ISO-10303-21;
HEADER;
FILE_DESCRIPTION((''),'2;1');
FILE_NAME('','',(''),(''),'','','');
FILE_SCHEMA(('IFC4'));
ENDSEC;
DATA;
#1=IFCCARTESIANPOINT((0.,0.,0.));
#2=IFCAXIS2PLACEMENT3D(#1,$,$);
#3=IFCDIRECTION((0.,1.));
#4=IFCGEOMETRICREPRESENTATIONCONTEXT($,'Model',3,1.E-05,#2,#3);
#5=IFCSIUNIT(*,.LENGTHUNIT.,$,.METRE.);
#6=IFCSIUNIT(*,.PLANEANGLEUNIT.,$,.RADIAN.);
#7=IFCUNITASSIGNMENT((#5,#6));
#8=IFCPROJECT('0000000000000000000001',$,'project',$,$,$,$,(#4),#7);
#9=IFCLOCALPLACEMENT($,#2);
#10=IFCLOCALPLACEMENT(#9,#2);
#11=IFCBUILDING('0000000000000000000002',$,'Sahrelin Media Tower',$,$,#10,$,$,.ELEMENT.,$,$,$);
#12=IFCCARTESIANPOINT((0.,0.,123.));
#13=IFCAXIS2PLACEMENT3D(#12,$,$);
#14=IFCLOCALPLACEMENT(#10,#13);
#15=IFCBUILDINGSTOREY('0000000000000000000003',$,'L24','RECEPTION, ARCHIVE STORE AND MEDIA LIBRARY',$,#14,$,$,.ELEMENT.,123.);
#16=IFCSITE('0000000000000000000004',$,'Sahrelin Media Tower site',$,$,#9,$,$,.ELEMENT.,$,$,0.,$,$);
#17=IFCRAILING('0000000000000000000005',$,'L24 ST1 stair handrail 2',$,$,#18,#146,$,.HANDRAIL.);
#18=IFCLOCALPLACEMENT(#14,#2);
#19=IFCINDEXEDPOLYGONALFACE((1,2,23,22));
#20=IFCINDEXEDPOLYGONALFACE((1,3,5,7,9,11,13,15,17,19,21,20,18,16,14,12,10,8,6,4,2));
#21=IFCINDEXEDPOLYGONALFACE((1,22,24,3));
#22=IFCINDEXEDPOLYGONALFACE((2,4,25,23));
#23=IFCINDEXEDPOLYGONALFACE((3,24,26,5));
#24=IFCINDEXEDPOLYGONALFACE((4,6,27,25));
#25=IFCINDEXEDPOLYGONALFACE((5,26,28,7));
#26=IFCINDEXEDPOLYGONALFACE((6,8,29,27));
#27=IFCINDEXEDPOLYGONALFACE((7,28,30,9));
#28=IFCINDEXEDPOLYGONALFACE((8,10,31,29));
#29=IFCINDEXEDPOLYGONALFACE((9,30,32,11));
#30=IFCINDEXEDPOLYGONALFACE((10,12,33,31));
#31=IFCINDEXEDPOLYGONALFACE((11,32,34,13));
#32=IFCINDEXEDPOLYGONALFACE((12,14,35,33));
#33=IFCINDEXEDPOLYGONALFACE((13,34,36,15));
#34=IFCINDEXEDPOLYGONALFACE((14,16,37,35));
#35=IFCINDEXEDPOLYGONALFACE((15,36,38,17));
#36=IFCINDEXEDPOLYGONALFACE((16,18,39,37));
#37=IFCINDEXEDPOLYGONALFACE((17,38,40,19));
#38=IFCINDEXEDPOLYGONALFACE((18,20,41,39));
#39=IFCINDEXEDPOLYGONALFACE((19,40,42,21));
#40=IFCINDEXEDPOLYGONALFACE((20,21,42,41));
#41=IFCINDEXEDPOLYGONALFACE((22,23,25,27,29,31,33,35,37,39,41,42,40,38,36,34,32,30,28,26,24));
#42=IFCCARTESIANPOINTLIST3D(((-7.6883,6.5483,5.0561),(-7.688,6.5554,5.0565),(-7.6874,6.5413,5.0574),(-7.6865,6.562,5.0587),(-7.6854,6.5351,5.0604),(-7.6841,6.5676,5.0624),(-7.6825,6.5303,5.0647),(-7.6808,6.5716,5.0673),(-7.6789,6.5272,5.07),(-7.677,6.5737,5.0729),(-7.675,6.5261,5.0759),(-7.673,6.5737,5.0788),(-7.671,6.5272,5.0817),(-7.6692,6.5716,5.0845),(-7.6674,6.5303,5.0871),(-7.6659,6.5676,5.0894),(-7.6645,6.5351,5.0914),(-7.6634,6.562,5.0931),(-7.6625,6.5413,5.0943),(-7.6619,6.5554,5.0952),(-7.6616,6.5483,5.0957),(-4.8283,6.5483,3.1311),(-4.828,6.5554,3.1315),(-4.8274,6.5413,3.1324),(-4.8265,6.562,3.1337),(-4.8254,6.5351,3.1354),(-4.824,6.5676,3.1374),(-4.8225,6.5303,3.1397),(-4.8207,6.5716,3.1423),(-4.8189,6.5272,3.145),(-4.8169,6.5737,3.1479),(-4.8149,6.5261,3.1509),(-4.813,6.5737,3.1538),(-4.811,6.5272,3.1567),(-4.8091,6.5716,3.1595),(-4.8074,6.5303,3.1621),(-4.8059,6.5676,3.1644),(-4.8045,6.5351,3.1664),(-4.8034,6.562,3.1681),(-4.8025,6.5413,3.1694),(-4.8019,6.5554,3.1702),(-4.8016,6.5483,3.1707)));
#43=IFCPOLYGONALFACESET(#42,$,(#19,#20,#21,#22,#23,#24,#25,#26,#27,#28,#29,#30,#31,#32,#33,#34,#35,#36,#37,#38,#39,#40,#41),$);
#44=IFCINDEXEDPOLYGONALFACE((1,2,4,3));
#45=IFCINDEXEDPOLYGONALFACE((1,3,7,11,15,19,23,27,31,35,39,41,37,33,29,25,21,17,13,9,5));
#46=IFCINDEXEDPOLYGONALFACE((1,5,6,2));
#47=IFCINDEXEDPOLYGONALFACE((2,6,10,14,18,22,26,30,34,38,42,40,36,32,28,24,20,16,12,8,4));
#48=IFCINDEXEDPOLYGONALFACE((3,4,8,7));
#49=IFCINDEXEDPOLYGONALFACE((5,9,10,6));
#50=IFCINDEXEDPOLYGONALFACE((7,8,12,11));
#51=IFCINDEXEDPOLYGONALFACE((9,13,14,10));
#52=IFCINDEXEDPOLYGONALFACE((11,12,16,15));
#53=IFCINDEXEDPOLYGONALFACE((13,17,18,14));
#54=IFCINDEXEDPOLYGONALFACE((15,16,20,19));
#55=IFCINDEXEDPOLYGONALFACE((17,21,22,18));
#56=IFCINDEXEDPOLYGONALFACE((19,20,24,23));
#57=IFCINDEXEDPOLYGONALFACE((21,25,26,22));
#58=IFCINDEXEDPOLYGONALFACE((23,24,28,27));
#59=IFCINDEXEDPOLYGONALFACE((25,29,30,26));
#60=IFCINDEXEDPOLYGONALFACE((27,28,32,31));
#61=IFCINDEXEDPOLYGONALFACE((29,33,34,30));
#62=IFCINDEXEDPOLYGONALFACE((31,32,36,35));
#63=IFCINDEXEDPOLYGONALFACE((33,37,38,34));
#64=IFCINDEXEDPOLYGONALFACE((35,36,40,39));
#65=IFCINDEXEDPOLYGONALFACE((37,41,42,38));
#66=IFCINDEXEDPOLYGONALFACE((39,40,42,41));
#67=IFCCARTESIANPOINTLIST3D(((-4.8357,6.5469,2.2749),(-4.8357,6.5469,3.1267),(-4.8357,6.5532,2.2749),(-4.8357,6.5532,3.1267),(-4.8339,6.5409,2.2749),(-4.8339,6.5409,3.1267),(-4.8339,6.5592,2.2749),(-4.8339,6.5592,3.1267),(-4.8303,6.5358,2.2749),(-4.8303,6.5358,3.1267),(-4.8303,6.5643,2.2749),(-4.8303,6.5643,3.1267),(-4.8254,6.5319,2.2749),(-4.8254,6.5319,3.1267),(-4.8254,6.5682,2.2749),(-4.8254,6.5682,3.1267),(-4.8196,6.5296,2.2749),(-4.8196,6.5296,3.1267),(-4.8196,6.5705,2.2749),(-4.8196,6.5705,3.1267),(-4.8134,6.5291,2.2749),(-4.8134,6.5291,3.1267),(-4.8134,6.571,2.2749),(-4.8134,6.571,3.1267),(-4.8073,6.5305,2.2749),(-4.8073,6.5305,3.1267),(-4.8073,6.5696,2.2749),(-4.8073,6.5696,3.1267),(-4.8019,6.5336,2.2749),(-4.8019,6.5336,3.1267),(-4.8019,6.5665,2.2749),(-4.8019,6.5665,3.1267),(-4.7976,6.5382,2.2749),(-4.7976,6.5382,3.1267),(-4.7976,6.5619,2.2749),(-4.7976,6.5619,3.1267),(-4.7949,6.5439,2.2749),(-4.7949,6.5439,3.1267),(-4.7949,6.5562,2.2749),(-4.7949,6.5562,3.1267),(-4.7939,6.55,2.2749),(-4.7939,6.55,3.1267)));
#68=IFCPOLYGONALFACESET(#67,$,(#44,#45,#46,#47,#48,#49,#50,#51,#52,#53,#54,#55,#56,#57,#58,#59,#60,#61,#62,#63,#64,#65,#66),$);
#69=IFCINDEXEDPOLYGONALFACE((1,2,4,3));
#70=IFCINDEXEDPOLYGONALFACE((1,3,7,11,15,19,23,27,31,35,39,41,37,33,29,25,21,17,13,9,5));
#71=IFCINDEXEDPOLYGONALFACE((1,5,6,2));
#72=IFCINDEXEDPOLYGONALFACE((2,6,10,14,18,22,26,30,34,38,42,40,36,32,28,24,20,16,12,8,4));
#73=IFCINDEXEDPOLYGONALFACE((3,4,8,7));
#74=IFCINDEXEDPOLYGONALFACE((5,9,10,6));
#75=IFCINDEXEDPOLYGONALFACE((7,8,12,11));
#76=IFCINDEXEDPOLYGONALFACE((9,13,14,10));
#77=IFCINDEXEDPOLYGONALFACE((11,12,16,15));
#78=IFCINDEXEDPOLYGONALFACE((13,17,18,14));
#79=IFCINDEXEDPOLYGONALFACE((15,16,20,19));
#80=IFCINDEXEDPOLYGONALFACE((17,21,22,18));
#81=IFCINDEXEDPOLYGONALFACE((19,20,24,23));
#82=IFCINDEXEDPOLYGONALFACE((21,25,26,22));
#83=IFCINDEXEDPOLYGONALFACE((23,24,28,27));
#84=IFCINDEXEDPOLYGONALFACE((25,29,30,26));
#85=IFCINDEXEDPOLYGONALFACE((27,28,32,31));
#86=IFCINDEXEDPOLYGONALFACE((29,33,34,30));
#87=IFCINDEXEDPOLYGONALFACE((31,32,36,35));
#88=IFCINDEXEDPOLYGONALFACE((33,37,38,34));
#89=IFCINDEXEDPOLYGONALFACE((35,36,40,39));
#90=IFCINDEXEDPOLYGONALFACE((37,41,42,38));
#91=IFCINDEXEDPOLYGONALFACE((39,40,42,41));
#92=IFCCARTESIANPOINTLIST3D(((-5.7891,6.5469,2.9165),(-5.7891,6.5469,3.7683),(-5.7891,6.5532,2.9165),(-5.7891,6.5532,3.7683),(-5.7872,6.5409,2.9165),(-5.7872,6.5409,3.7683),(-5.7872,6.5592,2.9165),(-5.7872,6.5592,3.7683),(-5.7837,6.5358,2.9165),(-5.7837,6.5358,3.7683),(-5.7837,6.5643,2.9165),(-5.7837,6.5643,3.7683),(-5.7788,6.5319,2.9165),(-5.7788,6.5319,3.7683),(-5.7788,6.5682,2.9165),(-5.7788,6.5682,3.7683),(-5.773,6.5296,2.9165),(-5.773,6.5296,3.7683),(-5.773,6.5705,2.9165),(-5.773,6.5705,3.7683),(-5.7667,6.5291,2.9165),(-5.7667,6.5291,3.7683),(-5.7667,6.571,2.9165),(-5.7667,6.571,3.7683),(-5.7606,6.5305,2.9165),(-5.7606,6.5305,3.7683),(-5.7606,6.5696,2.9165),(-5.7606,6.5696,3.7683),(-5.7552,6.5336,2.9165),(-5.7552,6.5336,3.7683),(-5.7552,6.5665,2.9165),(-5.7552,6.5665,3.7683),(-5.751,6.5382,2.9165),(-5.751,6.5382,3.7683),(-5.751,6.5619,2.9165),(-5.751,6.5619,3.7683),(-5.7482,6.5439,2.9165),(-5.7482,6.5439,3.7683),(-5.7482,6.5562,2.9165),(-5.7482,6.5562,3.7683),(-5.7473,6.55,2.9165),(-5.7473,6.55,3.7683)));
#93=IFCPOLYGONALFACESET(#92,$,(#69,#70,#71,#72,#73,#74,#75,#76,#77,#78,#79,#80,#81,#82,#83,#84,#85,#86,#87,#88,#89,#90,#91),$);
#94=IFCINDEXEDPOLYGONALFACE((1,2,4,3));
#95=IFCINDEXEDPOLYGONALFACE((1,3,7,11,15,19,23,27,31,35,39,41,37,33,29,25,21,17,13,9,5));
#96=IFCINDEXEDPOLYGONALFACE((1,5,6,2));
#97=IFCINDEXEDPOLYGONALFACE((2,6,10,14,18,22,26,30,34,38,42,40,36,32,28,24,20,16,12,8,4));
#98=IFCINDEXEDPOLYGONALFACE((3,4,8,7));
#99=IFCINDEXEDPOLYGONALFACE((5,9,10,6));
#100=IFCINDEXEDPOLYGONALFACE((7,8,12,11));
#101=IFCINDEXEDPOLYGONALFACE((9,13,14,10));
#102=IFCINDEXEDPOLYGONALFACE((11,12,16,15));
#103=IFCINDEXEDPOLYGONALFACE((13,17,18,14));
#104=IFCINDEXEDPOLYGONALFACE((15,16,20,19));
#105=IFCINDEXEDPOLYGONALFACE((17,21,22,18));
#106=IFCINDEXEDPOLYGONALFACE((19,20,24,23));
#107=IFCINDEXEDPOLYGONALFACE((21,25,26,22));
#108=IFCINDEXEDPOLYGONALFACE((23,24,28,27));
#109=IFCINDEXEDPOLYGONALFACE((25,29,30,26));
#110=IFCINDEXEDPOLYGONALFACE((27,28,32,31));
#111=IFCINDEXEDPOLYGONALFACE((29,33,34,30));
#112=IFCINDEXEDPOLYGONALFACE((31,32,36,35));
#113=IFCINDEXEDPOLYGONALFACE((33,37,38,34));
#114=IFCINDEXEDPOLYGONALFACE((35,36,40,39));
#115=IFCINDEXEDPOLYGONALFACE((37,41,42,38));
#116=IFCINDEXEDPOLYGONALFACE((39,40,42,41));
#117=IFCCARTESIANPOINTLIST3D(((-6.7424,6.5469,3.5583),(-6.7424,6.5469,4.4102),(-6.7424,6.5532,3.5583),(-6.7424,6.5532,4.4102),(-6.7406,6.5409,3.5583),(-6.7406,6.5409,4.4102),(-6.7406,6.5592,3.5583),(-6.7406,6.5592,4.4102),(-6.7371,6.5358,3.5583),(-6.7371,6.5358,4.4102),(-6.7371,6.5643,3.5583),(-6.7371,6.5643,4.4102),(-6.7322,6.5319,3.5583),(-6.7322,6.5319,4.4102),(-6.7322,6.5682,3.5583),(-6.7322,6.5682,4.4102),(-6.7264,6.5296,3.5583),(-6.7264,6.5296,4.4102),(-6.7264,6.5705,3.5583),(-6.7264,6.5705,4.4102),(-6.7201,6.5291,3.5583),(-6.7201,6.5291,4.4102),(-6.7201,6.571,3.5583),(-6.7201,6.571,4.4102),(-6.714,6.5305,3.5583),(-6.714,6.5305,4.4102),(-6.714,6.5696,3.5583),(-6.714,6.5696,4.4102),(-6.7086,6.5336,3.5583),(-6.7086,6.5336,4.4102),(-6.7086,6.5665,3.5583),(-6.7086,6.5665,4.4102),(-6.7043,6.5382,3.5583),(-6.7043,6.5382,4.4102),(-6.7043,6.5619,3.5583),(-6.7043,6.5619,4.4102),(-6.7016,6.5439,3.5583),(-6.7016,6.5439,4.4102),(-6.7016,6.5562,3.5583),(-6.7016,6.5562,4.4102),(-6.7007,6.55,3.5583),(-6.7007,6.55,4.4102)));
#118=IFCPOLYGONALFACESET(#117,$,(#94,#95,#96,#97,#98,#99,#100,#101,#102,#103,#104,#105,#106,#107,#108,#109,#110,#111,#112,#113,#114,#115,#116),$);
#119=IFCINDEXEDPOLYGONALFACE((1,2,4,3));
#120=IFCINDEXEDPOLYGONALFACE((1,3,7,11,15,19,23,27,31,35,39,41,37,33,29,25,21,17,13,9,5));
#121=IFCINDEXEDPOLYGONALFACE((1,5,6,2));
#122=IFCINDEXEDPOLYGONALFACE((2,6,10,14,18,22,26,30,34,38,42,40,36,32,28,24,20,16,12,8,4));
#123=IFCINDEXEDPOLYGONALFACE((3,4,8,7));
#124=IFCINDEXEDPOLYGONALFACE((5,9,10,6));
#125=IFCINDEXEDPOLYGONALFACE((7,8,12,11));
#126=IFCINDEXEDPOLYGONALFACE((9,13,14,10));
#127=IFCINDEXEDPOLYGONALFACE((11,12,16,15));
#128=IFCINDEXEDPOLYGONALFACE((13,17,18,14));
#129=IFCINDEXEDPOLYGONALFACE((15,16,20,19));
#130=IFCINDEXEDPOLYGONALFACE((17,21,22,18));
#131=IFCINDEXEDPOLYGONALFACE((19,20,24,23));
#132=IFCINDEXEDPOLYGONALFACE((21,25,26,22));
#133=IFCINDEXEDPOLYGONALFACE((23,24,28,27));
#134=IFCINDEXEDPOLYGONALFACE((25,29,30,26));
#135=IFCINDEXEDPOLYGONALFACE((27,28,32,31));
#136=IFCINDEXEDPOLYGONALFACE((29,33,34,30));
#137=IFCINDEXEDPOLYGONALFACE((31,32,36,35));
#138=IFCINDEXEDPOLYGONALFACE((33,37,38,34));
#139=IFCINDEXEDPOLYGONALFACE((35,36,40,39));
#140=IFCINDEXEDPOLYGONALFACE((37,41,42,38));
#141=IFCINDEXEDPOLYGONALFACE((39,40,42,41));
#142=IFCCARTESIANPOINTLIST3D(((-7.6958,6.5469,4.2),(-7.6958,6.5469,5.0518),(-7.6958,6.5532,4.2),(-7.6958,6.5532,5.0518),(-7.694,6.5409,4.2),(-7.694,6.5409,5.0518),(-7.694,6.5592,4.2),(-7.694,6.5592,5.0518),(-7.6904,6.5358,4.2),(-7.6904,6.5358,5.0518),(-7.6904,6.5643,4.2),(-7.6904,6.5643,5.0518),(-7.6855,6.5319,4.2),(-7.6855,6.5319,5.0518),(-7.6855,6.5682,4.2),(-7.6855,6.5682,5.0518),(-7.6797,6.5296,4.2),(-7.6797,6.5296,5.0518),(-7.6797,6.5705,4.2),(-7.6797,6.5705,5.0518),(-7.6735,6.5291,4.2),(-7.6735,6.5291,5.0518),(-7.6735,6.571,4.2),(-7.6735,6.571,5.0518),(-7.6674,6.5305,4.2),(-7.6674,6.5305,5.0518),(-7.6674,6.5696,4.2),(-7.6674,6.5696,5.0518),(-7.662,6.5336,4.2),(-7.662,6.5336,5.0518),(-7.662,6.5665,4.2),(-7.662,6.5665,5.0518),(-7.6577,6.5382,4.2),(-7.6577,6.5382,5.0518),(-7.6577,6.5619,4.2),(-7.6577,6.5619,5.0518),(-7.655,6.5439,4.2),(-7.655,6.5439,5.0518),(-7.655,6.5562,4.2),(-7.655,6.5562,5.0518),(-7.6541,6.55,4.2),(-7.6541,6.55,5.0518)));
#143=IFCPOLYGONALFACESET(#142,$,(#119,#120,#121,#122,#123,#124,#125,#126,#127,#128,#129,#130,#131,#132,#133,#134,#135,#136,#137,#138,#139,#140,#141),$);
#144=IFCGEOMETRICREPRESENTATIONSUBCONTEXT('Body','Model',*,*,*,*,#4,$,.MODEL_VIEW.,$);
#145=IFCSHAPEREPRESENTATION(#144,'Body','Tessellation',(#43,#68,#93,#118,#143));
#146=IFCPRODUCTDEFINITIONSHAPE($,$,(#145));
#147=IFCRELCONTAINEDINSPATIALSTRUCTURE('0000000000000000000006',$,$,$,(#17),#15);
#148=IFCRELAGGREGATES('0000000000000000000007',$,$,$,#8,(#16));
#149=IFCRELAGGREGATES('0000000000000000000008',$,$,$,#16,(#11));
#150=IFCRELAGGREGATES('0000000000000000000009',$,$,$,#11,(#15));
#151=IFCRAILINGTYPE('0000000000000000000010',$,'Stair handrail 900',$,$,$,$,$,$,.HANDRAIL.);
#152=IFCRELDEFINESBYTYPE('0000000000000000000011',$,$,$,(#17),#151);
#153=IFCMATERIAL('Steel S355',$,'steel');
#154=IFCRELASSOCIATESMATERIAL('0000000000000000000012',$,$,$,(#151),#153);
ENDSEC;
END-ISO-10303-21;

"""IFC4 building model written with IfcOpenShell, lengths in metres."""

from ifc_helpers import new_model, si_unit, direction, frame, origin, origin_2d, place, context, subcontext, project, spatial, circle, extrude, material, type_object, element, save


model = new_model("IFC4")

# Units and contexts
model_context = context("Model", 3, precision=1e-05, world=origin(), true_north=direction((0.0, 1.0)))
body_context = subcontext(model_context, "Body", "Model", "MODEL_VIEW")
ifc_project = project(units=[si_unit("LENGTHUNIT", "METRE"), si_unit("PLANEANGLEUNIT", "RADIAN")], contexts=[model_context])

# Site, building, storey
site_placement = place(None, origin())
site = spatial("IfcSite", under=ifc_project, at=site_placement, Name="Sahrelin Media Tower site", CompositionType="ELEMENT", RefElevation=0.0)
building_placement = place(site_placement, origin())
building = spatial("IfcBuilding", under=site, at=building_placement, Name="Sahrelin Media Tower", CompositionType="ELEMENT")
storey_placement = place(building_placement, frame((0.0, 0.0, 123.0)))
storey = spatial("IfcBuildingStorey", under=building, at=storey_placement, Name="L24", Description="RECEPTION, ARCHIVE STORE AND MEDIA LIBRARY", CompositionType="ELEMENT", Elevation=123.0)

# Shared definitions
ifc_material_1 = material(Name="Steel S355", Category="steel")

# Railing
railing_type_1 = type_object("IfcRailingType", Name="Stair handrail 900", PredefinedType="HANDRAIL", material=ifc_material_1)
railing_1_placement = place(storey_placement, frame((-4.8149, 6.55, 2.2749)))
element("IfcRailing", 1, at=railing_1_placement, inside=storey, type_object=railing_type_1, Name="L24 ST1 stair handrail 2", PredefinedType="HANDRAIL", context=body_context, shape_type="SweptSolid", body=[
    extrude(circle(Radius=0.0239, at=origin_2d()), frame((0.0, 0.0, 0.876), z_axis=(-0.829591, 0.0, 0.558372), x_axis=(0.0, -1.0, 0.0)), (0.0, 0.0, 1.0), 3.4475),
    extrude(circle(Radius=0.021, at=origin_2d()), origin(), (0.0, 0.0, 1.0), 0.8518),
    extrude(circle(Radius=0.021, at=origin_2d()), frame((-0.9534, 0.0, 0.6416)), (0.0, 0.0, 1.0), 0.8518),
    extrude(circle(Radius=0.021, at=origin_2d()), frame((-1.9067, 0.0, 1.2834)), (0.0, 0.0, 1.0), 0.8518),
    extrude(circle(Radius=0.021, at=origin_2d()), frame((-2.8601, 0.0, 1.925)), (0.0, 0.0, 1.0), 0.8518),
])

save(model, "model.ifc")
